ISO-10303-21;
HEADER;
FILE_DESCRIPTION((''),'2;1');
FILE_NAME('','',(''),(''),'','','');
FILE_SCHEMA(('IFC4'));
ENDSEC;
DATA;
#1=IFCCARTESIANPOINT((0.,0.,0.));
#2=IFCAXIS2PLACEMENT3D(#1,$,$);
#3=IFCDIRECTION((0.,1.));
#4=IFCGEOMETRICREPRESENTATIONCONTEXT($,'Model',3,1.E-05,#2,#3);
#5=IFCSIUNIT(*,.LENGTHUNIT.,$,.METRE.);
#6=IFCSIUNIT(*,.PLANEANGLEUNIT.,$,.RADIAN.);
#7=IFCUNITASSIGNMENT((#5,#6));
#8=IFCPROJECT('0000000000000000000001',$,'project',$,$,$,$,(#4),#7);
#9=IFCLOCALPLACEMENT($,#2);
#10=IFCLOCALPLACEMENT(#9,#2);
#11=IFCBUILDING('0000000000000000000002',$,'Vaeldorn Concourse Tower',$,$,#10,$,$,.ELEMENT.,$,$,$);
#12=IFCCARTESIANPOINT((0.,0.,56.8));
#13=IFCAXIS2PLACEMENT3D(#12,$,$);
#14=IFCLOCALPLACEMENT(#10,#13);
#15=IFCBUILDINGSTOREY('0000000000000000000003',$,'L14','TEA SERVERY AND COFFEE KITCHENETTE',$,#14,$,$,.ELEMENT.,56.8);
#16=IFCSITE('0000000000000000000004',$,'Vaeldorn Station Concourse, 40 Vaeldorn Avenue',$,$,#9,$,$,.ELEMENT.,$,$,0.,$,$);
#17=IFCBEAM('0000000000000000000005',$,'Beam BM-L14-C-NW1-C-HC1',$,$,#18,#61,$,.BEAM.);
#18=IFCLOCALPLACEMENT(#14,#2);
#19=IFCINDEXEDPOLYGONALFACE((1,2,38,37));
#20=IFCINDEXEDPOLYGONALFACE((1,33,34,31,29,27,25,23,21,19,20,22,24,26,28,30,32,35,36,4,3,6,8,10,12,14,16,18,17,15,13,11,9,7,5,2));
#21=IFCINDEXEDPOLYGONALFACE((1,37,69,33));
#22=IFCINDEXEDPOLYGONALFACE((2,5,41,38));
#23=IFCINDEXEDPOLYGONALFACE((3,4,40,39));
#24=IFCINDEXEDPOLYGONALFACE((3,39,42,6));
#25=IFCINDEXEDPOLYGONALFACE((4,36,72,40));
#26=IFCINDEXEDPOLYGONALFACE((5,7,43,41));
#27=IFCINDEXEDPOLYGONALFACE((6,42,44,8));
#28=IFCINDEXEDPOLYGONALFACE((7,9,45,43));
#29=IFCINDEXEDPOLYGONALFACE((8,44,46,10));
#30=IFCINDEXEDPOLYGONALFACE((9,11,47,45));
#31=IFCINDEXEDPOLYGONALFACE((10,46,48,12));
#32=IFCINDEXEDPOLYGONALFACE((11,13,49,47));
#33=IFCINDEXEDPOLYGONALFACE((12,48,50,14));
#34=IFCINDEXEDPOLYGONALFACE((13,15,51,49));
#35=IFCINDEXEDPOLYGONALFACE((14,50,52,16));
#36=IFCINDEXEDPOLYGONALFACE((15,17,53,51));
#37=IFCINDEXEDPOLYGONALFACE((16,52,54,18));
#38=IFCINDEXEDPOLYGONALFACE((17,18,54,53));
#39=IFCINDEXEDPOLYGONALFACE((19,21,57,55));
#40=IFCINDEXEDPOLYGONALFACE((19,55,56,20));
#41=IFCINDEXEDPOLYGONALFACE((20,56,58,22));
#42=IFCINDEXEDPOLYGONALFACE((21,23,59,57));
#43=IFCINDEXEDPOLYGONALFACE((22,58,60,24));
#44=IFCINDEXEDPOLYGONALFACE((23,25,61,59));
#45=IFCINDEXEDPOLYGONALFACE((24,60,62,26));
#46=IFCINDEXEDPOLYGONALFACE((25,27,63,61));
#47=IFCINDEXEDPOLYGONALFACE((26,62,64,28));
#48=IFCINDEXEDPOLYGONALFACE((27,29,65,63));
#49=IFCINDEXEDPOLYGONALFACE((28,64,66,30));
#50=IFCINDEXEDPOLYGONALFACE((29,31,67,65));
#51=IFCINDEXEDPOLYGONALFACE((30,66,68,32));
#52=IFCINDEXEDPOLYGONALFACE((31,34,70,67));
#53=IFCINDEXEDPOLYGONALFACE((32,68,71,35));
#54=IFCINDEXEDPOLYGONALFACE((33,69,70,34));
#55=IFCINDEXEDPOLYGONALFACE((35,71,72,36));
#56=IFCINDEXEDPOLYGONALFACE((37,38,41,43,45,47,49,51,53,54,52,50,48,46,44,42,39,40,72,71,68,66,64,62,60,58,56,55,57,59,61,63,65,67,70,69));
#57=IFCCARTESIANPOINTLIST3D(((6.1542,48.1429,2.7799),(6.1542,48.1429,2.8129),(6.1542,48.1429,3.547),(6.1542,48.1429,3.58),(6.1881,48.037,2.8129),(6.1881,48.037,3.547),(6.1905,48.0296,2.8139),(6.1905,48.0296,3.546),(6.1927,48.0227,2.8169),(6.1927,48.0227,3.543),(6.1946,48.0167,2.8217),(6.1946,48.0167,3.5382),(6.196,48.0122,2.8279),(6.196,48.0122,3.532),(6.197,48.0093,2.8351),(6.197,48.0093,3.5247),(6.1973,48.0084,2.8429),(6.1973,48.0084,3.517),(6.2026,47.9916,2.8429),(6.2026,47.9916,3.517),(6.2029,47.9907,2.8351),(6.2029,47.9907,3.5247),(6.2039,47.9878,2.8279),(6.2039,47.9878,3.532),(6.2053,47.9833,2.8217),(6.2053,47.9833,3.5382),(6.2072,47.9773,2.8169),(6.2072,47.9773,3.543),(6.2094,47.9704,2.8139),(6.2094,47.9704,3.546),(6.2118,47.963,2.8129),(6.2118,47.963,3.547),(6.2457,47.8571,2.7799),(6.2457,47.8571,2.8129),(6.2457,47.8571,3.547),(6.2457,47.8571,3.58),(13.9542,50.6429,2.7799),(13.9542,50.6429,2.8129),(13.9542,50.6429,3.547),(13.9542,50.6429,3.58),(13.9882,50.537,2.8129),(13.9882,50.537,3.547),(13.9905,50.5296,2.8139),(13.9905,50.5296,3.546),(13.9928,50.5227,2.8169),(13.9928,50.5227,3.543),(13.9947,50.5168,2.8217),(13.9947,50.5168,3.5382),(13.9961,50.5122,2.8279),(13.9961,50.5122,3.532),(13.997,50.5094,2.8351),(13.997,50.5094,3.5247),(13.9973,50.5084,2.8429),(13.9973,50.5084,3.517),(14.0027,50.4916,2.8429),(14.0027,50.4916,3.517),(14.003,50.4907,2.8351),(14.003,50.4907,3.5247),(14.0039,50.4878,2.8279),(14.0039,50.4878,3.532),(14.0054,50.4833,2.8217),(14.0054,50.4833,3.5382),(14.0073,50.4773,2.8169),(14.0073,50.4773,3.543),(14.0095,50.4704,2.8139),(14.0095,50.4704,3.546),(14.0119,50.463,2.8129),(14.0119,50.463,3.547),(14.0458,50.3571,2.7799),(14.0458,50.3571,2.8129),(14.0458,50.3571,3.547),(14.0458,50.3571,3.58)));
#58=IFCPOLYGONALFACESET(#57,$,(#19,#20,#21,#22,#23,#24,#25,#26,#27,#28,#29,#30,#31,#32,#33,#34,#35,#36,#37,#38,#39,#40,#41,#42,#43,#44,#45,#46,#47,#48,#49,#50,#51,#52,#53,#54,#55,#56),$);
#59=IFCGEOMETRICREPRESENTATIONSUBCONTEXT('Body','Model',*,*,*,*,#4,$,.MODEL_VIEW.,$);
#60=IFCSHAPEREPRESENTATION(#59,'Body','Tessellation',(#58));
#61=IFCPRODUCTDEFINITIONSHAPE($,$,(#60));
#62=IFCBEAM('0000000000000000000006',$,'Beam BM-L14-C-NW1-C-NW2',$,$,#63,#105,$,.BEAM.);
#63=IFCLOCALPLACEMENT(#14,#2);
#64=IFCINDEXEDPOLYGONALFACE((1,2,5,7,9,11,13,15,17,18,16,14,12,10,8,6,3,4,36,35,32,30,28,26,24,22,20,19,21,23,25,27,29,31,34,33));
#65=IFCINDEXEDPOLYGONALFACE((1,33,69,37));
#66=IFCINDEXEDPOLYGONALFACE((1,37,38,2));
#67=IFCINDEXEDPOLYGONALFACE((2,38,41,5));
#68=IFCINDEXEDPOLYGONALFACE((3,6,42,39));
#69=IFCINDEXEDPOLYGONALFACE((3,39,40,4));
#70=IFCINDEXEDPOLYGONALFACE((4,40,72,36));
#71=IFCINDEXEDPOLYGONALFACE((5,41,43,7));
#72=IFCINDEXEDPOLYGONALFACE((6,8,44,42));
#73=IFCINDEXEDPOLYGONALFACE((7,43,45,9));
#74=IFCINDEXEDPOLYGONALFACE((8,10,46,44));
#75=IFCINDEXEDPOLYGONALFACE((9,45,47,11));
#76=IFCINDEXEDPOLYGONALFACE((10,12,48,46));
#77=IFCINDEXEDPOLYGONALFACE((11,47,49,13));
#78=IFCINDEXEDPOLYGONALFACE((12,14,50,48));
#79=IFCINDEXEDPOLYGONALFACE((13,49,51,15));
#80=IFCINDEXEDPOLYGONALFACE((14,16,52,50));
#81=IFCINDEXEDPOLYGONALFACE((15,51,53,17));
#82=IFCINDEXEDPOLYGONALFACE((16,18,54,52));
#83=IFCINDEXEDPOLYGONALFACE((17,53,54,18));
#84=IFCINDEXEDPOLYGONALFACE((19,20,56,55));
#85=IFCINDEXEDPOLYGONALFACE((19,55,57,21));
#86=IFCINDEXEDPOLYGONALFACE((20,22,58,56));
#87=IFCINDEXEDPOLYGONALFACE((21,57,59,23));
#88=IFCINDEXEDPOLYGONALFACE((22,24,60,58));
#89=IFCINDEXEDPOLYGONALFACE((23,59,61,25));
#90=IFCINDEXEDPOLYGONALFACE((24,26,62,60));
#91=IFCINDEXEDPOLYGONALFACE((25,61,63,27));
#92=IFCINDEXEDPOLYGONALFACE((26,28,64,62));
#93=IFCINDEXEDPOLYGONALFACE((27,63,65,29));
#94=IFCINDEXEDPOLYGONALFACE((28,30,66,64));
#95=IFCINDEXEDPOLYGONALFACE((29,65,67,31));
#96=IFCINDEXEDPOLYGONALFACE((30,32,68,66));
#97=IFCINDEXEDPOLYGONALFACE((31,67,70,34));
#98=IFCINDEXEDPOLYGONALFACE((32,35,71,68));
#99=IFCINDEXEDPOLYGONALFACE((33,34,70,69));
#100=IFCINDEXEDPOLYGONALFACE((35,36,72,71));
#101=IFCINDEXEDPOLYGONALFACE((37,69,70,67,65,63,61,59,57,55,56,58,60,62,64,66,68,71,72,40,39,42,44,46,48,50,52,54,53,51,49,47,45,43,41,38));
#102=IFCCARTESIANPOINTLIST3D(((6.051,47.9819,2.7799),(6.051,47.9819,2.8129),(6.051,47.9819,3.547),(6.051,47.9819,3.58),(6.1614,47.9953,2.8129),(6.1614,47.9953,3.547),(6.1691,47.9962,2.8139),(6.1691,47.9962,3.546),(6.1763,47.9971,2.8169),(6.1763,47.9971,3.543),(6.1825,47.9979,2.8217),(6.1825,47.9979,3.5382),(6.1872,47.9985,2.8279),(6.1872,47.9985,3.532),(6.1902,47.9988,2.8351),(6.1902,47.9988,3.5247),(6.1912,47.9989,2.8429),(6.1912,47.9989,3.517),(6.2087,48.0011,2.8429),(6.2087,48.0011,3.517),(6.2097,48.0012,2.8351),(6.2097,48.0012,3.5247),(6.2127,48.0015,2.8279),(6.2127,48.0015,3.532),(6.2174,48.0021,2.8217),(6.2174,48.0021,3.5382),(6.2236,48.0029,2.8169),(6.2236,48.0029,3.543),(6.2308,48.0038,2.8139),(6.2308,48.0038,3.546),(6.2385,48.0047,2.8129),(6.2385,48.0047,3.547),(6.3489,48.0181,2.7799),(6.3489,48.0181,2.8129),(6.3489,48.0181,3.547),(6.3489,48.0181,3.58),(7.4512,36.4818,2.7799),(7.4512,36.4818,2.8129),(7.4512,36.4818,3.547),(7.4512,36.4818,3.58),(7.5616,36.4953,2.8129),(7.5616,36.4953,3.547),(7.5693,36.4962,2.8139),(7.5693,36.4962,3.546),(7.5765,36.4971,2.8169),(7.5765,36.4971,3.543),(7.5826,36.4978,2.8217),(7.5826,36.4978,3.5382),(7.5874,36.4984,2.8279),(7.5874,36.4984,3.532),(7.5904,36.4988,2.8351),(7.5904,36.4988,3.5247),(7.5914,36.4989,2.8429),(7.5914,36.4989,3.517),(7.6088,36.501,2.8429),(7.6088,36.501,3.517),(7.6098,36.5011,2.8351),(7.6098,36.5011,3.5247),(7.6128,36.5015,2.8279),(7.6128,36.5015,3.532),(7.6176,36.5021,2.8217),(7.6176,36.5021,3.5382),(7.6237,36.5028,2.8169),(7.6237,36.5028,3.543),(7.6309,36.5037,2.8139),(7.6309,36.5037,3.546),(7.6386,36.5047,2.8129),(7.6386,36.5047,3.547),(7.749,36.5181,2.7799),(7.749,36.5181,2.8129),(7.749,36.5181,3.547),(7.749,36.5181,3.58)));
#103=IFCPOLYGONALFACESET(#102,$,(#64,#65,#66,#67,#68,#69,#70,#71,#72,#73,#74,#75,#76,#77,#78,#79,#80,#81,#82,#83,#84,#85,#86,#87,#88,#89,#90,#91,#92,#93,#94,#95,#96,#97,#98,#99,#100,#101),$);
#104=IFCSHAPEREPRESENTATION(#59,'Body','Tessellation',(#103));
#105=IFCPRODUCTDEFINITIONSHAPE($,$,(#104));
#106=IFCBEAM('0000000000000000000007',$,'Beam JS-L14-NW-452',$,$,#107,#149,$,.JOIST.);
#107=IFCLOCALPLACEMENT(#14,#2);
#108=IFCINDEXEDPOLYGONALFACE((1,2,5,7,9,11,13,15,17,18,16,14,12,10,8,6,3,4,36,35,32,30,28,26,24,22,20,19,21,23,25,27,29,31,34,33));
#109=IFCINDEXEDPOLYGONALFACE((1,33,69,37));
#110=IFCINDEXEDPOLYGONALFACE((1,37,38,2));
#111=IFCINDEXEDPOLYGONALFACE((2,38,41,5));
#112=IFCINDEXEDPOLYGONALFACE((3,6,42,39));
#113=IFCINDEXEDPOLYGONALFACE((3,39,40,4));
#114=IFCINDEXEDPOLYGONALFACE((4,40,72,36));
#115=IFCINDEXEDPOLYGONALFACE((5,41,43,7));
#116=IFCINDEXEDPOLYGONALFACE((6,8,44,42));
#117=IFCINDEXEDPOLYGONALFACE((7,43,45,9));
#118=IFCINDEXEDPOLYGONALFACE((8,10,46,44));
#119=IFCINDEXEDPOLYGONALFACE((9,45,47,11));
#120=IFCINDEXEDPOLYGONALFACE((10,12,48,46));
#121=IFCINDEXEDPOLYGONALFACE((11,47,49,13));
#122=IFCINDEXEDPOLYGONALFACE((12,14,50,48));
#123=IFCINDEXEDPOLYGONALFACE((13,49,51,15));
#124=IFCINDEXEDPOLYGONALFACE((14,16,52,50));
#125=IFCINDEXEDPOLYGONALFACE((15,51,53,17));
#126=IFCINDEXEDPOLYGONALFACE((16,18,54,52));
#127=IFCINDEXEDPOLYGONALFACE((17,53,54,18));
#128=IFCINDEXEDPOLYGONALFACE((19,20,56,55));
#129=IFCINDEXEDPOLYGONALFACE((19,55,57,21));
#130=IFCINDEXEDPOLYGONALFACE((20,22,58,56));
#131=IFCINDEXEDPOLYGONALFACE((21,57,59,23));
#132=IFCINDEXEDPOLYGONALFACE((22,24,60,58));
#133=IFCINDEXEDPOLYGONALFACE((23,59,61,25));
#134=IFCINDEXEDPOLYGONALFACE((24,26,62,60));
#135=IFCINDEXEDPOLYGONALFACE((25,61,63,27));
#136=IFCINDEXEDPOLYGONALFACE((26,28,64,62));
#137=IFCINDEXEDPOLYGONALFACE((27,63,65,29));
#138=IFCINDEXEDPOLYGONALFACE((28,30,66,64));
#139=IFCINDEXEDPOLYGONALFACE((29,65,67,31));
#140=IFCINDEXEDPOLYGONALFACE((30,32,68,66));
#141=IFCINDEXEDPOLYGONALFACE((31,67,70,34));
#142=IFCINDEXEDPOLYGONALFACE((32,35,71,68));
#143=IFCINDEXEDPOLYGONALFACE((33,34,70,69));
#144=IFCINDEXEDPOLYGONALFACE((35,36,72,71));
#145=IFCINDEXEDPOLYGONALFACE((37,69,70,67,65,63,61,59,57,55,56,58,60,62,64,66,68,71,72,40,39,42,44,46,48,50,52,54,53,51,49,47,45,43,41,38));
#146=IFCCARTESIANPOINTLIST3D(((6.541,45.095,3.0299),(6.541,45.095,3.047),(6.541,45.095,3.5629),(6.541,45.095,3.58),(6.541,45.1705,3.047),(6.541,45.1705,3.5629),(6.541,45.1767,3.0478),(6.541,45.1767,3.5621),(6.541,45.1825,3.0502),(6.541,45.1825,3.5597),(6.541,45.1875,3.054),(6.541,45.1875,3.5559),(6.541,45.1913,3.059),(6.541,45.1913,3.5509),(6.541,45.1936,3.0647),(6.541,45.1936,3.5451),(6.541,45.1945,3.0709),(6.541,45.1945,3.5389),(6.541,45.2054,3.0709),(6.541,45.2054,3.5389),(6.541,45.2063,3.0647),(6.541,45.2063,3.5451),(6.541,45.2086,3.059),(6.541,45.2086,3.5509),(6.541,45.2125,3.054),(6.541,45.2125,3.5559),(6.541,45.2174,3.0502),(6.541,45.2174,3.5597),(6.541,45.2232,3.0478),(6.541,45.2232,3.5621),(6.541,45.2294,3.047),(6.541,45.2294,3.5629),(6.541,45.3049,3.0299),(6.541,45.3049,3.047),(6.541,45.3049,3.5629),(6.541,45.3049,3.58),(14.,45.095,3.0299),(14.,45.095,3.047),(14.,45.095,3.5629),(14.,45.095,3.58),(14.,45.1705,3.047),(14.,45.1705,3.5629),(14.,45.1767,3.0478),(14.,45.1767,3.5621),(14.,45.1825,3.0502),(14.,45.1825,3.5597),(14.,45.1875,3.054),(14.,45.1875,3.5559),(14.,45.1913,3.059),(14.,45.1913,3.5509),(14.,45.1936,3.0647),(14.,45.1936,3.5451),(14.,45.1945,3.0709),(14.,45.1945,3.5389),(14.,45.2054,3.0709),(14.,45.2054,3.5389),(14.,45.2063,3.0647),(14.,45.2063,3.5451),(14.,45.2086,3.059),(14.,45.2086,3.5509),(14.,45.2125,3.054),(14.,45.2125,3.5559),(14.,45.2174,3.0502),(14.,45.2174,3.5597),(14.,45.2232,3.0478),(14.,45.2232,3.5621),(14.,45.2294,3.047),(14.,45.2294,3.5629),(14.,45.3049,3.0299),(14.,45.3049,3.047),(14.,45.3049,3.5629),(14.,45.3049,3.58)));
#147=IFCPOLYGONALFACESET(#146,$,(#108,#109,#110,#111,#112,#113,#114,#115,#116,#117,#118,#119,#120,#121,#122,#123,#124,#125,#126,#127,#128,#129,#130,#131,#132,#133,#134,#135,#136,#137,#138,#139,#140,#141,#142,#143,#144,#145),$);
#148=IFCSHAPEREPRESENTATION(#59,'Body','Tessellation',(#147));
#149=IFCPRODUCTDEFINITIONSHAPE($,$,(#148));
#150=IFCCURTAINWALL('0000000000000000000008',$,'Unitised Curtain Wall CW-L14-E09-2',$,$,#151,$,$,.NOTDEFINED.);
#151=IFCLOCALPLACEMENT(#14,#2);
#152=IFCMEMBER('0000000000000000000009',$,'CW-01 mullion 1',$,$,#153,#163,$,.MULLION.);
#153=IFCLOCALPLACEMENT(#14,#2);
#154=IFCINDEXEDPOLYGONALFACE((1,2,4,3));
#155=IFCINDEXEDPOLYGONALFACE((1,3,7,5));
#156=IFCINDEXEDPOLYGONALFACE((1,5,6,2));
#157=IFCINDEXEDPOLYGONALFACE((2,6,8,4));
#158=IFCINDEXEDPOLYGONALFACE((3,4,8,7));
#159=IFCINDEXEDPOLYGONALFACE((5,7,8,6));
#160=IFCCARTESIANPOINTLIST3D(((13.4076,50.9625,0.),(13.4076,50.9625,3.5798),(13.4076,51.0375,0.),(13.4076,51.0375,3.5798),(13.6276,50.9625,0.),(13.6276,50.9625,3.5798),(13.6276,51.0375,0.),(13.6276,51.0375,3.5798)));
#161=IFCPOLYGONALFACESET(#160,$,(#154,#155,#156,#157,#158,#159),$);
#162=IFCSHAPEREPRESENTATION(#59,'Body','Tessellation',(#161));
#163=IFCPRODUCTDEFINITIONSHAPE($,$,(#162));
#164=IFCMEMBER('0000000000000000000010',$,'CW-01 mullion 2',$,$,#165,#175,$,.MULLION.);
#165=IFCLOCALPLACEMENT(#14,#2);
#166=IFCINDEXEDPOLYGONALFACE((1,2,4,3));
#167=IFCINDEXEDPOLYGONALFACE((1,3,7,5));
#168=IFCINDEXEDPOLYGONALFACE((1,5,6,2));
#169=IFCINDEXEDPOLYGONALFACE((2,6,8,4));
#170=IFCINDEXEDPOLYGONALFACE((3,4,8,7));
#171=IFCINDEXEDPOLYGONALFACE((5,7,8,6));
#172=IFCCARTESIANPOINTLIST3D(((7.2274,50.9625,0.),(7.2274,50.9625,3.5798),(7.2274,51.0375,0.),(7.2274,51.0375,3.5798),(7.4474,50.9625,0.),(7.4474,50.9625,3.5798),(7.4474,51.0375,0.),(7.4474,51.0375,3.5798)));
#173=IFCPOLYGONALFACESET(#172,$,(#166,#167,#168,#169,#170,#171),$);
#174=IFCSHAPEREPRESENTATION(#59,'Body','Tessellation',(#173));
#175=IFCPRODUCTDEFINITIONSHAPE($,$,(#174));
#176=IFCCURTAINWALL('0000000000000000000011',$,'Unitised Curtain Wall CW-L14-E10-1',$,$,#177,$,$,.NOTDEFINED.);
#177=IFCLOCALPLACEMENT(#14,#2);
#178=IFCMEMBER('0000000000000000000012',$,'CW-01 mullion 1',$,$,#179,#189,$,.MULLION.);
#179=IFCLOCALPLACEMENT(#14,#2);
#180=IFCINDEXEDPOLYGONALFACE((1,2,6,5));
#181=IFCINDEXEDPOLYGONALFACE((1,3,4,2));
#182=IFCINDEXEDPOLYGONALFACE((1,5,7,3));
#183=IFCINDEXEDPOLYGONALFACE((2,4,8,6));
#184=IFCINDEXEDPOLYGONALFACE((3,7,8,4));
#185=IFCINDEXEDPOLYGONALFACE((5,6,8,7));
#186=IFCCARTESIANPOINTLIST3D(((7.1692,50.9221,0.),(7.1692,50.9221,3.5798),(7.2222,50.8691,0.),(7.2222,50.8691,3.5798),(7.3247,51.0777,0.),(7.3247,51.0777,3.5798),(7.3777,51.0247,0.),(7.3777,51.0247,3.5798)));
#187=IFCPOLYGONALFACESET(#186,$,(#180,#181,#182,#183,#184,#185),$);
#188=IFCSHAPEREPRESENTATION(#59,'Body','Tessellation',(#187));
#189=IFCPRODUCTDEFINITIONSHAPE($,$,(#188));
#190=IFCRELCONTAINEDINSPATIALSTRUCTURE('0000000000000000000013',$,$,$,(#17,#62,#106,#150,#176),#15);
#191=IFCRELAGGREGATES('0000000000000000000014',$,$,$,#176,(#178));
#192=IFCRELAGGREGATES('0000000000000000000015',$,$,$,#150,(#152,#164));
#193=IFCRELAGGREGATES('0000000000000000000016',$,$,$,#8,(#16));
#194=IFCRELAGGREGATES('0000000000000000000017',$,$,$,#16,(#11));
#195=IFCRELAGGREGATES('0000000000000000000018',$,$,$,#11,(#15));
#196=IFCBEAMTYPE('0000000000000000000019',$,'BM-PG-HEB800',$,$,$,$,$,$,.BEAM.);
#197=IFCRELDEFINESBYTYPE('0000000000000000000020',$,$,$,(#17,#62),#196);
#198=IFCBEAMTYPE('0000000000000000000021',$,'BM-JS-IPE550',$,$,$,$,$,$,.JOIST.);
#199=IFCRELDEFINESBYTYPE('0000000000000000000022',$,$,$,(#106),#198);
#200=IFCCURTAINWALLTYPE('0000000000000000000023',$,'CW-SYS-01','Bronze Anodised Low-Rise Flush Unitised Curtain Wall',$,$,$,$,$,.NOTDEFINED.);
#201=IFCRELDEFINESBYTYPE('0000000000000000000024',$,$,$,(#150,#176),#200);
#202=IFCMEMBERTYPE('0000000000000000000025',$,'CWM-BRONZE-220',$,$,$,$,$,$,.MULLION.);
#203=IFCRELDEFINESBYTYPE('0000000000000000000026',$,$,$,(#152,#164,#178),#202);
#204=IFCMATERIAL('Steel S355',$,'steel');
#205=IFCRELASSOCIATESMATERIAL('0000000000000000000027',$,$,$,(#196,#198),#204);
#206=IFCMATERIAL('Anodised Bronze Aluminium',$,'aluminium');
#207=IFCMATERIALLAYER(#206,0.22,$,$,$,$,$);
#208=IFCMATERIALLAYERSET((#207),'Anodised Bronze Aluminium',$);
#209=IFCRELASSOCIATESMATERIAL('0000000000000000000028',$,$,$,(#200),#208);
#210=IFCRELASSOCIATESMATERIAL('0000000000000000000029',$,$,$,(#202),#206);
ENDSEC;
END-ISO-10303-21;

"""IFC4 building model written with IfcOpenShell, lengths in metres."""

from ifc_helpers import new_model, si_unit, direction, frame, origin, origin_2d, place, context, subcontext, project, spatial, rectangle, i_section, extrude, source, transform, mapped, material, layer, layer_set, material_profile, profile_set, type_object, element, aggregate, save


model = new_model("IFC4")

# Units and contexts
model_context = context("Model", 3, precision=1e-05, world=origin(), true_north=direction((0.0, 1.0)))
body_context = subcontext(model_context, "Body", "Model", "MODEL_VIEW")
ifc_project = project(units=[si_unit("LENGTHUNIT", "METRE"), si_unit("PLANEANGLEUNIT", "RADIAN")], contexts=[model_context])

# Site, building, storey
site_placement = place(None, origin())
site = spatial("IfcSite", under=ifc_project, at=site_placement, Name="Vaeldorn Station Concourse, 40 Vaeldorn Avenue", CompositionType="ELEMENT", RefElevation=0.0)
building_placement = place(site_placement, origin())
building = spatial("IfcBuilding", under=site, at=building_placement, Name="Vaeldorn Concourse Tower", CompositionType="ELEMENT")
storey_placement = place(building_placement, frame((0.0, 0.0, 56.8)))
storey = spatial("IfcBuildingStorey", under=building, at=storey_placement, Name="L14", Description="TEA SERVERY AND COFFEE KITCHENETTE", CompositionType="ELEMENT", Elevation=56.8)

# Beams
ifc_material_1 = material(Name="Steel S355", Category="steel")
ifc_material_profile_1 = material_profile(ifc_material_1, i_section(OverallWidth=0.3, OverallDepth=0.8, WebThickness=0.0176, FlangeThickness=0.033, FilletRadius=0.03, at=origin_2d()), Name="HEB 800")
ifc_profile_set_1 = profile_set([ifc_material_profile_1], Name="Steel S355")
beam_type_1 = type_object("IfcBeamType", Name="BM-PG-HEB800", PredefinedType="BEAM", material=ifc_profile_set_1)
shared_shape_1 = source(origin(), body_context, "Body", "SweptSolid", [
    extrude(i_section(OverallWidth=0.3, OverallDepth=0.8, WebThickness=0.0176, FlangeThickness=0.033, FilletRadius=0.03, at=origin_2d()), origin(), (0.0, 0.0, 1.0), 8.1909),
])
beam_1_placement = place(storey_placement, frame((6.2, 48.0, 3.1799), z_axis=(0.952283, 0.305217, 0.0), x_axis=(-0.305217, 0.952283, 0.0)))
element("IfcBeam", 1, at=beam_1_placement, inside=storey, type_object=beam_type_1, Name="Beam BM-L14-C-NW1-C-HC1", PredefinedType="BEAM", context=body_context, shape_type="MappedRepresentation", body=[
    mapped(shared_shape_1, transform((0.0, 0.0, 0.0), scale=1.0)),
])
shared_shape_2 = source(origin(), body_context, "Body", "SweptSolid", [
    extrude(i_section(OverallWidth=0.3, OverallDepth=0.8, WebThickness=0.0176, FlangeThickness=0.033, FilletRadius=0.03, at=origin_2d()), origin(), (0.0, 0.0, 1.0), 11.585),
])
beam_2_placement = place(storey_placement, frame((6.2, 48.0, 3.1799), z_axis=(0.120859, -0.99267, 0.0), x_axis=(0.99267, 0.120859, 0.0)))
element("IfcBeam", 2, at=beam_2_placement, inside=storey, type_object=beam_type_1, Name="Beam BM-L14-C-NW1-C-NW2", PredefinedType="BEAM", context=body_context, shape_type="MappedRepresentation", body=[
    mapped(shared_shape_2, transform((0.0, 0.0, 0.0), scale=1.0)),
])
ifc_material_profile_2 = material_profile(ifc_material_1, i_section(OverallWidth=0.21, OverallDepth=0.55, WebThickness=0.011, FlangeThickness=0.0171, FilletRadius=0.0239, at=origin_2d()), Name="IPE 550")
ifc_profile_set_2 = profile_set([ifc_material_profile_2], Name="Steel S355")
beam_type_2 = type_object("IfcBeamType", Name="BM-JS-IPE550", PredefinedType="JOIST", material=ifc_profile_set_2)
shared_shape_3 = source(origin(), body_context, "Body", "SweptSolid", [
    extrude(i_section(OverallWidth=0.21, OverallDepth=0.55, WebThickness=0.011, FlangeThickness=0.0171, FilletRadius=0.0239, at=origin_2d()), origin(), (0.0, 0.0, 1.0), 7.459),
])
beam_3_placement = place(storey_placement, frame((6.541, 45.2, 3.3049), z_axis=(1.0, 0.0, 0.0), x_axis=(0.0, 1.0, 0.0)))
element("IfcBeam", 3, at=beam_3_placement, inside=storey, type_object=beam_type_2, Name="Beam JS-L14-NW-452", PredefinedType="JOIST", context=body_context, shape_type="MappedRepresentation", body=[
    mapped(shared_shape_3, transform((0.0, 0.0, 0.0), scale=1.0)),
])

# Curtain walls, members
ifc_material_2 = material(Name="Anodised Bronze Aluminium", Category="aluminium")
ifc_layer_1 = layer(ifc_material_2, 0.22)
ifc_layer_set_1 = layer_set([ifc_layer_1], Name="Anodised Bronze Aluminium")
curtain_wall_type = type_object("IfcCurtainWallType", Name="CW-SYS-01", Description="Bronze Anodised Low-Rise Flush Unitised Curtain Wall", PredefinedType="NOTDEFINED", material=ifc_layer_set_1)
curtain_wall_1_placement = place(storey_placement, origin())
curtain_wall_1 = element("IfcCurtainWall", 4, at=curtain_wall_1_placement, inside=storey, type_object=curtain_wall_type, Name="Unitised Curtain Wall CW-L14-E09-2", PredefinedType="NOTDEFINED")
ifc_material_profile_3 = material_profile(ifc_material_2, rectangle(XDim=0.075, YDim=0.22, at=origin_2d()), Name="CWM 75x220")
ifc_profile_set_3 = profile_set([ifc_material_profile_3], Name="Anodised Bronze Aluminium")
member_type_1 = type_object("IfcMemberType", Name="CWM-BRONZE-220", PredefinedType="MULLION", material=ifc_profile_set_3)
shared_shape_4 = source(origin(), body_context, "Body", "SweptSolid", [
    extrude(rectangle(XDim=0.075, YDim=0.22, at=origin_2d()), origin(), (0.0, 0.0, 1.0), 3.5798),
])
member_1_placement = place(storey_placement, frame((13.5176, 51.0, 0.0), z_axis=(0.0, 0.0, 1.0), x_axis=(0.0, -1.0, 0.0)))
member_1 = element("IfcMember", 5, at=member_1_placement, type_object=member_type_1, Name="CW-01 mullion 1", PredefinedType="MULLION", context=body_context, shape_type="MappedRepresentation", body=[
    mapped(shared_shape_4, transform((0.0, 0.0, 0.0), scale=1.0)),
])
member_2_placement = place(storey_placement, frame((7.3374, 51.0, 0.0), z_axis=(0.0, 0.0, 1.0), x_axis=(0.0, -1.0, 0.0)))
member_2 = element("IfcMember", 6, at=member_2_placement, type_object=member_type_1, Name="CW-01 mullion 2", PredefinedType="MULLION", context=body_context, shape_type="MappedRepresentation", body=[
    mapped(shared_shape_4, transform((0.0, 0.0, 0.0), scale=1.0)),
])
curtain_wall_2_placement = place(storey_placement, origin())
curtain_wall_2 = element("IfcCurtainWall", 7, at=curtain_wall_2_placement, inside=storey, type_object=curtain_wall_type, Name="Unitised Curtain Wall CW-L14-E10-1", PredefinedType="NOTDEFINED")
member_3_placement = place(storey_placement, frame((7.2734, 50.9734, 0.0), z_axis=(0.0, 0.0, 1.0), x_axis=(0.707107, -0.707107, 0.0)))
member_3 = element("IfcMember", 8, at=member_3_placement, type_object=member_type_1, Name="CW-01 mullion 1", PredefinedType="MULLION", context=body_context, shape_type="MappedRepresentation", body=[
    mapped(shared_shape_4, transform((0.0, 0.0, 0.0), scale=1.0)),
])

aggregate(curtain_wall_2, [member_3])
aggregate(curtain_wall_1, [member_1, member_2])

save(model, "model.ifc")
